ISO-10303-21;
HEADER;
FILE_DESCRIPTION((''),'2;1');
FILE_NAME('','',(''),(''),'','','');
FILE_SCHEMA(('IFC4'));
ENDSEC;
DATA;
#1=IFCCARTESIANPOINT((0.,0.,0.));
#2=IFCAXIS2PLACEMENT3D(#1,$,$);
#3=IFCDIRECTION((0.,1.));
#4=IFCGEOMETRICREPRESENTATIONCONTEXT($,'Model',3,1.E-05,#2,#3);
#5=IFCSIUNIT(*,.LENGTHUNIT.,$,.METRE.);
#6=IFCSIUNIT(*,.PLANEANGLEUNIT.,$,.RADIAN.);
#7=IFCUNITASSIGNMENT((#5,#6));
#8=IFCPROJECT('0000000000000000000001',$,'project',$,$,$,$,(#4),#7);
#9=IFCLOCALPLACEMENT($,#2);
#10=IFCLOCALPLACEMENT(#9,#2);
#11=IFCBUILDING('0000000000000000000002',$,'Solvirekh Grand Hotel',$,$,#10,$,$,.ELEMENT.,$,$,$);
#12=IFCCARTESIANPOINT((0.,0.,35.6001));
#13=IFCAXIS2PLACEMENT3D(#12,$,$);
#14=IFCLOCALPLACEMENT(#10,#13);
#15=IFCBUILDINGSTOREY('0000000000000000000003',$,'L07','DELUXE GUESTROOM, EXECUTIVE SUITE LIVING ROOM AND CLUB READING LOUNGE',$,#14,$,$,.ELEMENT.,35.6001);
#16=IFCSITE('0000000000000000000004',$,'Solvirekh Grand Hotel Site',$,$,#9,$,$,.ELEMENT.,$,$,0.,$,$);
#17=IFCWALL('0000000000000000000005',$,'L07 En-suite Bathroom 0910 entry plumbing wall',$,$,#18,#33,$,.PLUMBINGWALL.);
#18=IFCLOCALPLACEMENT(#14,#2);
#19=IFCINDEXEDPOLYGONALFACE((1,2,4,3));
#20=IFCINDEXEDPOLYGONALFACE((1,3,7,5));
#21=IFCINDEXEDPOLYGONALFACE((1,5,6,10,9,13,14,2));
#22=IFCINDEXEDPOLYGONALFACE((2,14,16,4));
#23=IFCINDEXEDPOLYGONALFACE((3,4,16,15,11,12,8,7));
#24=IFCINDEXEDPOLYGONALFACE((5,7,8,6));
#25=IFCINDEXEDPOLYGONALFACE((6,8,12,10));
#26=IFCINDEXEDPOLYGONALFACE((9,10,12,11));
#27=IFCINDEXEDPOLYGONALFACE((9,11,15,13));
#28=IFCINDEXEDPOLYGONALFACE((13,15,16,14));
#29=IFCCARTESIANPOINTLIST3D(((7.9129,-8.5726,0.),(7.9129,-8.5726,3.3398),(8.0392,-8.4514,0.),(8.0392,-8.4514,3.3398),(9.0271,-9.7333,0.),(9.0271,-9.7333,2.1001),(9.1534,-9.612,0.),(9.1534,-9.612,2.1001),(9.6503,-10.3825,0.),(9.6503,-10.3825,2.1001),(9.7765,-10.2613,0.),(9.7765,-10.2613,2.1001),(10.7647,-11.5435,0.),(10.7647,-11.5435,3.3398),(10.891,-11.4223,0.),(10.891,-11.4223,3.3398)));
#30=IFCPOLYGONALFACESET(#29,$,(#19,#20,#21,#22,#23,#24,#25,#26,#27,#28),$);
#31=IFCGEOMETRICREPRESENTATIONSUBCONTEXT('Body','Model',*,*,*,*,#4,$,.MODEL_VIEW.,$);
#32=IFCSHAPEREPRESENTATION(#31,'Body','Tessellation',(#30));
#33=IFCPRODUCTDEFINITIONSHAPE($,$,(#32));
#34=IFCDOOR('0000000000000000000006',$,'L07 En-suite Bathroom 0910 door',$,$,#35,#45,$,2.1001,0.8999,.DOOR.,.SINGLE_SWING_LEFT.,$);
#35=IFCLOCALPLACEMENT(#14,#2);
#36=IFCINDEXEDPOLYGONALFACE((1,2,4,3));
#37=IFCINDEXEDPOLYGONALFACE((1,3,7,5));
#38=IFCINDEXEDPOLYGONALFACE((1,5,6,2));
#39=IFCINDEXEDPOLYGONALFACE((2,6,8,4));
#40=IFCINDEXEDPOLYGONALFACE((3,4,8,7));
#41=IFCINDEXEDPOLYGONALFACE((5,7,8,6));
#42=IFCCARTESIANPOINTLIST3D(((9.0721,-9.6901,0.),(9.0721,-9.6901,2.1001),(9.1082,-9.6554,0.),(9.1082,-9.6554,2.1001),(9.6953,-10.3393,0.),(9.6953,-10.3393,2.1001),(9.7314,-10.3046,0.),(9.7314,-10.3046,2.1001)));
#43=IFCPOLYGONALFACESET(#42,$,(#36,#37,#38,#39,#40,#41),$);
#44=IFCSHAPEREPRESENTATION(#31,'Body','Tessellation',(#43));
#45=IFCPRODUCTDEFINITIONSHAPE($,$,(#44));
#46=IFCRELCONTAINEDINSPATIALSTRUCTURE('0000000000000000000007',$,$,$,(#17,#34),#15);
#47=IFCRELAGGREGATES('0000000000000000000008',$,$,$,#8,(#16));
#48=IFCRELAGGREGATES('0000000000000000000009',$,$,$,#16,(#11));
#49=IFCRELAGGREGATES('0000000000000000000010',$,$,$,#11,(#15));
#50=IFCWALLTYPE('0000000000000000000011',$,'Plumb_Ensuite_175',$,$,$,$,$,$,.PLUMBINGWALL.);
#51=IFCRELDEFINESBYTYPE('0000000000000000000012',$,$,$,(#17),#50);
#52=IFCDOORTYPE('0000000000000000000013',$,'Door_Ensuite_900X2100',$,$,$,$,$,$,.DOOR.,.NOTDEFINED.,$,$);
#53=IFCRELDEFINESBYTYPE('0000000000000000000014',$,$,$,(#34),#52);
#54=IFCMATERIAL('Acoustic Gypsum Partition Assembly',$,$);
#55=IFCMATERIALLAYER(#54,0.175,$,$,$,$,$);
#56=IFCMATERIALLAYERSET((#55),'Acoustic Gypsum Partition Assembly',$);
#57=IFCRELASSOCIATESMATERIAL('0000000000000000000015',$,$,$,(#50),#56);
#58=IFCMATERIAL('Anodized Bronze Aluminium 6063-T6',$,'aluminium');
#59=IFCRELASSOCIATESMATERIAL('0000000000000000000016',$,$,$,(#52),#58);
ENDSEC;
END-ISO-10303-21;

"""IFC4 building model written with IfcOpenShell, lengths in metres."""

from ifc_helpers import new_model, si_unit, direction, frame, frame_2d, origin, place, context, subcontext, project, spatial, rectangle, extrude, material, layer, layer_set, type_object, element, fill, save


model = new_model("IFC4")

# Units and contexts
model_context = context("Model", 3, precision=1e-05, world=origin(), true_north=direction((0.0, 1.0)))
body_context = subcontext(model_context, "Body", "Model", "MODEL_VIEW")
ifc_project = project(units=[si_unit("LENGTHUNIT", "METRE"), si_unit("PLANEANGLEUNIT", "RADIAN")], contexts=[model_context])

# Site, building, storey
site_placement = place(None, origin())
site = spatial("IfcSite", under=ifc_project, at=site_placement, Name="Solvirekh Grand Hotel Site", CompositionType="ELEMENT", RefElevation=0.0)
building_placement = place(site_placement, origin())
building = spatial("IfcBuilding", under=site, at=building_placement, Name="Solvirekh Grand Hotel", CompositionType="ELEMENT")
storey_placement = place(building_placement, frame((0.0, 0.0, 35.6001)))
storey = spatial("IfcBuildingStorey", under=building, at=storey_placement, Name="L07", Description="DELUXE GUESTROOM, EXECUTIVE SUITE LIVING ROOM AND CLUB READING LOUNGE", CompositionType="ELEMENT", Elevation=35.6001)

# Shared definitions
ifc_material_1 = material(Name="Acoustic Gypsum Partition Assembly")
ifc_material_2 = material(Name="Anodized Bronze Aluminium 6063-T6", Category="aluminium")

# Shared definitions
ifc_layer_1 = layer(ifc_material_1, 0.175)
ifc_layer_set_1 = layer_set([ifc_layer_1], Name="Acoustic Gypsum Partition Assembly")
wall_type_1 = type_object("IfcWallType", Name="Plumb_Ensuite_175", PredefinedType="PLUMBINGWALL", material=ifc_layer_set_1)

# Wall, opening, door
wall_1_placement = place(storey_placement, frame((7.9761, -8.512, 0.0), z_axis=(0.0, 0.0, 1.0), x_axis=(0.692494, -0.721424, 0.0)))
wall_1 = element("IfcWall", 1, at=wall_1_placement, inside=storey, type_object=wall_type_1, Name="L07 En-suite Bathroom 0910 entry plumbing wall", PredefinedType="PLUMBINGWALL", context=body_context, shape_type="SweptSolid", body=[
    extrude(rectangle(XDim=4.1182, YDim=0.175, at=frame_2d((2.0591, 0.0))), origin(), (0.0, 0.0, 1.0), 3.3398),
])
opening_1_placement = place(wall_1_placement, frame((1.6089, 0.0, 0.0)))
opening_1 = element("IfcOpeningElement", 2, at=opening_1_placement, cuts=wall_1, PredefinedType="OPENING", context=body_context, shape_type="SweptSolid", body=[
    extrude(rectangle(XDim=0.8999, YDim=2.1001, at=frame_2d((0.45, 1.05))), frame((0.0, 0.0977, 0.0), z_axis=(0.0, -1.0, 0.0), x_axis=(1.0, 0.0, 0.0)), (0.0, 0.0, 1.0), 0.1951),
])
door_type_1 = type_object("IfcDoorType", Name="Door_Ensuite_900X2100", OperationType="NOTDEFINED", PredefinedType="DOOR", material=ifc_material_2)
door_1_placement = place(opening_1_placement, origin())
door_1 = element("IfcDoor", 3, at=door_1_placement, inside=storey, type_object=door_type_1, Name="L07 En-suite Bathroom 0910 door", OperationType="SINGLE_SWING_LEFT", OverallHeight=2.1001, OverallWidth=0.8999, PredefinedType="DOOR", context=body_context, shape_type="SweptSolid", body=[
    extrude(rectangle(XDim=0.8999, YDim=2.1001, at=frame_2d((0.45, 1.05))), frame((0.0, 0.0249, 0.0), z_axis=(0.0, -1.0, 0.0), x_axis=(1.0, 0.0, 0.0)), (0.0, 0.0, 1.0), 0.05),
])
fill(opening_1, door_1)

save(model, "model.ifc")
